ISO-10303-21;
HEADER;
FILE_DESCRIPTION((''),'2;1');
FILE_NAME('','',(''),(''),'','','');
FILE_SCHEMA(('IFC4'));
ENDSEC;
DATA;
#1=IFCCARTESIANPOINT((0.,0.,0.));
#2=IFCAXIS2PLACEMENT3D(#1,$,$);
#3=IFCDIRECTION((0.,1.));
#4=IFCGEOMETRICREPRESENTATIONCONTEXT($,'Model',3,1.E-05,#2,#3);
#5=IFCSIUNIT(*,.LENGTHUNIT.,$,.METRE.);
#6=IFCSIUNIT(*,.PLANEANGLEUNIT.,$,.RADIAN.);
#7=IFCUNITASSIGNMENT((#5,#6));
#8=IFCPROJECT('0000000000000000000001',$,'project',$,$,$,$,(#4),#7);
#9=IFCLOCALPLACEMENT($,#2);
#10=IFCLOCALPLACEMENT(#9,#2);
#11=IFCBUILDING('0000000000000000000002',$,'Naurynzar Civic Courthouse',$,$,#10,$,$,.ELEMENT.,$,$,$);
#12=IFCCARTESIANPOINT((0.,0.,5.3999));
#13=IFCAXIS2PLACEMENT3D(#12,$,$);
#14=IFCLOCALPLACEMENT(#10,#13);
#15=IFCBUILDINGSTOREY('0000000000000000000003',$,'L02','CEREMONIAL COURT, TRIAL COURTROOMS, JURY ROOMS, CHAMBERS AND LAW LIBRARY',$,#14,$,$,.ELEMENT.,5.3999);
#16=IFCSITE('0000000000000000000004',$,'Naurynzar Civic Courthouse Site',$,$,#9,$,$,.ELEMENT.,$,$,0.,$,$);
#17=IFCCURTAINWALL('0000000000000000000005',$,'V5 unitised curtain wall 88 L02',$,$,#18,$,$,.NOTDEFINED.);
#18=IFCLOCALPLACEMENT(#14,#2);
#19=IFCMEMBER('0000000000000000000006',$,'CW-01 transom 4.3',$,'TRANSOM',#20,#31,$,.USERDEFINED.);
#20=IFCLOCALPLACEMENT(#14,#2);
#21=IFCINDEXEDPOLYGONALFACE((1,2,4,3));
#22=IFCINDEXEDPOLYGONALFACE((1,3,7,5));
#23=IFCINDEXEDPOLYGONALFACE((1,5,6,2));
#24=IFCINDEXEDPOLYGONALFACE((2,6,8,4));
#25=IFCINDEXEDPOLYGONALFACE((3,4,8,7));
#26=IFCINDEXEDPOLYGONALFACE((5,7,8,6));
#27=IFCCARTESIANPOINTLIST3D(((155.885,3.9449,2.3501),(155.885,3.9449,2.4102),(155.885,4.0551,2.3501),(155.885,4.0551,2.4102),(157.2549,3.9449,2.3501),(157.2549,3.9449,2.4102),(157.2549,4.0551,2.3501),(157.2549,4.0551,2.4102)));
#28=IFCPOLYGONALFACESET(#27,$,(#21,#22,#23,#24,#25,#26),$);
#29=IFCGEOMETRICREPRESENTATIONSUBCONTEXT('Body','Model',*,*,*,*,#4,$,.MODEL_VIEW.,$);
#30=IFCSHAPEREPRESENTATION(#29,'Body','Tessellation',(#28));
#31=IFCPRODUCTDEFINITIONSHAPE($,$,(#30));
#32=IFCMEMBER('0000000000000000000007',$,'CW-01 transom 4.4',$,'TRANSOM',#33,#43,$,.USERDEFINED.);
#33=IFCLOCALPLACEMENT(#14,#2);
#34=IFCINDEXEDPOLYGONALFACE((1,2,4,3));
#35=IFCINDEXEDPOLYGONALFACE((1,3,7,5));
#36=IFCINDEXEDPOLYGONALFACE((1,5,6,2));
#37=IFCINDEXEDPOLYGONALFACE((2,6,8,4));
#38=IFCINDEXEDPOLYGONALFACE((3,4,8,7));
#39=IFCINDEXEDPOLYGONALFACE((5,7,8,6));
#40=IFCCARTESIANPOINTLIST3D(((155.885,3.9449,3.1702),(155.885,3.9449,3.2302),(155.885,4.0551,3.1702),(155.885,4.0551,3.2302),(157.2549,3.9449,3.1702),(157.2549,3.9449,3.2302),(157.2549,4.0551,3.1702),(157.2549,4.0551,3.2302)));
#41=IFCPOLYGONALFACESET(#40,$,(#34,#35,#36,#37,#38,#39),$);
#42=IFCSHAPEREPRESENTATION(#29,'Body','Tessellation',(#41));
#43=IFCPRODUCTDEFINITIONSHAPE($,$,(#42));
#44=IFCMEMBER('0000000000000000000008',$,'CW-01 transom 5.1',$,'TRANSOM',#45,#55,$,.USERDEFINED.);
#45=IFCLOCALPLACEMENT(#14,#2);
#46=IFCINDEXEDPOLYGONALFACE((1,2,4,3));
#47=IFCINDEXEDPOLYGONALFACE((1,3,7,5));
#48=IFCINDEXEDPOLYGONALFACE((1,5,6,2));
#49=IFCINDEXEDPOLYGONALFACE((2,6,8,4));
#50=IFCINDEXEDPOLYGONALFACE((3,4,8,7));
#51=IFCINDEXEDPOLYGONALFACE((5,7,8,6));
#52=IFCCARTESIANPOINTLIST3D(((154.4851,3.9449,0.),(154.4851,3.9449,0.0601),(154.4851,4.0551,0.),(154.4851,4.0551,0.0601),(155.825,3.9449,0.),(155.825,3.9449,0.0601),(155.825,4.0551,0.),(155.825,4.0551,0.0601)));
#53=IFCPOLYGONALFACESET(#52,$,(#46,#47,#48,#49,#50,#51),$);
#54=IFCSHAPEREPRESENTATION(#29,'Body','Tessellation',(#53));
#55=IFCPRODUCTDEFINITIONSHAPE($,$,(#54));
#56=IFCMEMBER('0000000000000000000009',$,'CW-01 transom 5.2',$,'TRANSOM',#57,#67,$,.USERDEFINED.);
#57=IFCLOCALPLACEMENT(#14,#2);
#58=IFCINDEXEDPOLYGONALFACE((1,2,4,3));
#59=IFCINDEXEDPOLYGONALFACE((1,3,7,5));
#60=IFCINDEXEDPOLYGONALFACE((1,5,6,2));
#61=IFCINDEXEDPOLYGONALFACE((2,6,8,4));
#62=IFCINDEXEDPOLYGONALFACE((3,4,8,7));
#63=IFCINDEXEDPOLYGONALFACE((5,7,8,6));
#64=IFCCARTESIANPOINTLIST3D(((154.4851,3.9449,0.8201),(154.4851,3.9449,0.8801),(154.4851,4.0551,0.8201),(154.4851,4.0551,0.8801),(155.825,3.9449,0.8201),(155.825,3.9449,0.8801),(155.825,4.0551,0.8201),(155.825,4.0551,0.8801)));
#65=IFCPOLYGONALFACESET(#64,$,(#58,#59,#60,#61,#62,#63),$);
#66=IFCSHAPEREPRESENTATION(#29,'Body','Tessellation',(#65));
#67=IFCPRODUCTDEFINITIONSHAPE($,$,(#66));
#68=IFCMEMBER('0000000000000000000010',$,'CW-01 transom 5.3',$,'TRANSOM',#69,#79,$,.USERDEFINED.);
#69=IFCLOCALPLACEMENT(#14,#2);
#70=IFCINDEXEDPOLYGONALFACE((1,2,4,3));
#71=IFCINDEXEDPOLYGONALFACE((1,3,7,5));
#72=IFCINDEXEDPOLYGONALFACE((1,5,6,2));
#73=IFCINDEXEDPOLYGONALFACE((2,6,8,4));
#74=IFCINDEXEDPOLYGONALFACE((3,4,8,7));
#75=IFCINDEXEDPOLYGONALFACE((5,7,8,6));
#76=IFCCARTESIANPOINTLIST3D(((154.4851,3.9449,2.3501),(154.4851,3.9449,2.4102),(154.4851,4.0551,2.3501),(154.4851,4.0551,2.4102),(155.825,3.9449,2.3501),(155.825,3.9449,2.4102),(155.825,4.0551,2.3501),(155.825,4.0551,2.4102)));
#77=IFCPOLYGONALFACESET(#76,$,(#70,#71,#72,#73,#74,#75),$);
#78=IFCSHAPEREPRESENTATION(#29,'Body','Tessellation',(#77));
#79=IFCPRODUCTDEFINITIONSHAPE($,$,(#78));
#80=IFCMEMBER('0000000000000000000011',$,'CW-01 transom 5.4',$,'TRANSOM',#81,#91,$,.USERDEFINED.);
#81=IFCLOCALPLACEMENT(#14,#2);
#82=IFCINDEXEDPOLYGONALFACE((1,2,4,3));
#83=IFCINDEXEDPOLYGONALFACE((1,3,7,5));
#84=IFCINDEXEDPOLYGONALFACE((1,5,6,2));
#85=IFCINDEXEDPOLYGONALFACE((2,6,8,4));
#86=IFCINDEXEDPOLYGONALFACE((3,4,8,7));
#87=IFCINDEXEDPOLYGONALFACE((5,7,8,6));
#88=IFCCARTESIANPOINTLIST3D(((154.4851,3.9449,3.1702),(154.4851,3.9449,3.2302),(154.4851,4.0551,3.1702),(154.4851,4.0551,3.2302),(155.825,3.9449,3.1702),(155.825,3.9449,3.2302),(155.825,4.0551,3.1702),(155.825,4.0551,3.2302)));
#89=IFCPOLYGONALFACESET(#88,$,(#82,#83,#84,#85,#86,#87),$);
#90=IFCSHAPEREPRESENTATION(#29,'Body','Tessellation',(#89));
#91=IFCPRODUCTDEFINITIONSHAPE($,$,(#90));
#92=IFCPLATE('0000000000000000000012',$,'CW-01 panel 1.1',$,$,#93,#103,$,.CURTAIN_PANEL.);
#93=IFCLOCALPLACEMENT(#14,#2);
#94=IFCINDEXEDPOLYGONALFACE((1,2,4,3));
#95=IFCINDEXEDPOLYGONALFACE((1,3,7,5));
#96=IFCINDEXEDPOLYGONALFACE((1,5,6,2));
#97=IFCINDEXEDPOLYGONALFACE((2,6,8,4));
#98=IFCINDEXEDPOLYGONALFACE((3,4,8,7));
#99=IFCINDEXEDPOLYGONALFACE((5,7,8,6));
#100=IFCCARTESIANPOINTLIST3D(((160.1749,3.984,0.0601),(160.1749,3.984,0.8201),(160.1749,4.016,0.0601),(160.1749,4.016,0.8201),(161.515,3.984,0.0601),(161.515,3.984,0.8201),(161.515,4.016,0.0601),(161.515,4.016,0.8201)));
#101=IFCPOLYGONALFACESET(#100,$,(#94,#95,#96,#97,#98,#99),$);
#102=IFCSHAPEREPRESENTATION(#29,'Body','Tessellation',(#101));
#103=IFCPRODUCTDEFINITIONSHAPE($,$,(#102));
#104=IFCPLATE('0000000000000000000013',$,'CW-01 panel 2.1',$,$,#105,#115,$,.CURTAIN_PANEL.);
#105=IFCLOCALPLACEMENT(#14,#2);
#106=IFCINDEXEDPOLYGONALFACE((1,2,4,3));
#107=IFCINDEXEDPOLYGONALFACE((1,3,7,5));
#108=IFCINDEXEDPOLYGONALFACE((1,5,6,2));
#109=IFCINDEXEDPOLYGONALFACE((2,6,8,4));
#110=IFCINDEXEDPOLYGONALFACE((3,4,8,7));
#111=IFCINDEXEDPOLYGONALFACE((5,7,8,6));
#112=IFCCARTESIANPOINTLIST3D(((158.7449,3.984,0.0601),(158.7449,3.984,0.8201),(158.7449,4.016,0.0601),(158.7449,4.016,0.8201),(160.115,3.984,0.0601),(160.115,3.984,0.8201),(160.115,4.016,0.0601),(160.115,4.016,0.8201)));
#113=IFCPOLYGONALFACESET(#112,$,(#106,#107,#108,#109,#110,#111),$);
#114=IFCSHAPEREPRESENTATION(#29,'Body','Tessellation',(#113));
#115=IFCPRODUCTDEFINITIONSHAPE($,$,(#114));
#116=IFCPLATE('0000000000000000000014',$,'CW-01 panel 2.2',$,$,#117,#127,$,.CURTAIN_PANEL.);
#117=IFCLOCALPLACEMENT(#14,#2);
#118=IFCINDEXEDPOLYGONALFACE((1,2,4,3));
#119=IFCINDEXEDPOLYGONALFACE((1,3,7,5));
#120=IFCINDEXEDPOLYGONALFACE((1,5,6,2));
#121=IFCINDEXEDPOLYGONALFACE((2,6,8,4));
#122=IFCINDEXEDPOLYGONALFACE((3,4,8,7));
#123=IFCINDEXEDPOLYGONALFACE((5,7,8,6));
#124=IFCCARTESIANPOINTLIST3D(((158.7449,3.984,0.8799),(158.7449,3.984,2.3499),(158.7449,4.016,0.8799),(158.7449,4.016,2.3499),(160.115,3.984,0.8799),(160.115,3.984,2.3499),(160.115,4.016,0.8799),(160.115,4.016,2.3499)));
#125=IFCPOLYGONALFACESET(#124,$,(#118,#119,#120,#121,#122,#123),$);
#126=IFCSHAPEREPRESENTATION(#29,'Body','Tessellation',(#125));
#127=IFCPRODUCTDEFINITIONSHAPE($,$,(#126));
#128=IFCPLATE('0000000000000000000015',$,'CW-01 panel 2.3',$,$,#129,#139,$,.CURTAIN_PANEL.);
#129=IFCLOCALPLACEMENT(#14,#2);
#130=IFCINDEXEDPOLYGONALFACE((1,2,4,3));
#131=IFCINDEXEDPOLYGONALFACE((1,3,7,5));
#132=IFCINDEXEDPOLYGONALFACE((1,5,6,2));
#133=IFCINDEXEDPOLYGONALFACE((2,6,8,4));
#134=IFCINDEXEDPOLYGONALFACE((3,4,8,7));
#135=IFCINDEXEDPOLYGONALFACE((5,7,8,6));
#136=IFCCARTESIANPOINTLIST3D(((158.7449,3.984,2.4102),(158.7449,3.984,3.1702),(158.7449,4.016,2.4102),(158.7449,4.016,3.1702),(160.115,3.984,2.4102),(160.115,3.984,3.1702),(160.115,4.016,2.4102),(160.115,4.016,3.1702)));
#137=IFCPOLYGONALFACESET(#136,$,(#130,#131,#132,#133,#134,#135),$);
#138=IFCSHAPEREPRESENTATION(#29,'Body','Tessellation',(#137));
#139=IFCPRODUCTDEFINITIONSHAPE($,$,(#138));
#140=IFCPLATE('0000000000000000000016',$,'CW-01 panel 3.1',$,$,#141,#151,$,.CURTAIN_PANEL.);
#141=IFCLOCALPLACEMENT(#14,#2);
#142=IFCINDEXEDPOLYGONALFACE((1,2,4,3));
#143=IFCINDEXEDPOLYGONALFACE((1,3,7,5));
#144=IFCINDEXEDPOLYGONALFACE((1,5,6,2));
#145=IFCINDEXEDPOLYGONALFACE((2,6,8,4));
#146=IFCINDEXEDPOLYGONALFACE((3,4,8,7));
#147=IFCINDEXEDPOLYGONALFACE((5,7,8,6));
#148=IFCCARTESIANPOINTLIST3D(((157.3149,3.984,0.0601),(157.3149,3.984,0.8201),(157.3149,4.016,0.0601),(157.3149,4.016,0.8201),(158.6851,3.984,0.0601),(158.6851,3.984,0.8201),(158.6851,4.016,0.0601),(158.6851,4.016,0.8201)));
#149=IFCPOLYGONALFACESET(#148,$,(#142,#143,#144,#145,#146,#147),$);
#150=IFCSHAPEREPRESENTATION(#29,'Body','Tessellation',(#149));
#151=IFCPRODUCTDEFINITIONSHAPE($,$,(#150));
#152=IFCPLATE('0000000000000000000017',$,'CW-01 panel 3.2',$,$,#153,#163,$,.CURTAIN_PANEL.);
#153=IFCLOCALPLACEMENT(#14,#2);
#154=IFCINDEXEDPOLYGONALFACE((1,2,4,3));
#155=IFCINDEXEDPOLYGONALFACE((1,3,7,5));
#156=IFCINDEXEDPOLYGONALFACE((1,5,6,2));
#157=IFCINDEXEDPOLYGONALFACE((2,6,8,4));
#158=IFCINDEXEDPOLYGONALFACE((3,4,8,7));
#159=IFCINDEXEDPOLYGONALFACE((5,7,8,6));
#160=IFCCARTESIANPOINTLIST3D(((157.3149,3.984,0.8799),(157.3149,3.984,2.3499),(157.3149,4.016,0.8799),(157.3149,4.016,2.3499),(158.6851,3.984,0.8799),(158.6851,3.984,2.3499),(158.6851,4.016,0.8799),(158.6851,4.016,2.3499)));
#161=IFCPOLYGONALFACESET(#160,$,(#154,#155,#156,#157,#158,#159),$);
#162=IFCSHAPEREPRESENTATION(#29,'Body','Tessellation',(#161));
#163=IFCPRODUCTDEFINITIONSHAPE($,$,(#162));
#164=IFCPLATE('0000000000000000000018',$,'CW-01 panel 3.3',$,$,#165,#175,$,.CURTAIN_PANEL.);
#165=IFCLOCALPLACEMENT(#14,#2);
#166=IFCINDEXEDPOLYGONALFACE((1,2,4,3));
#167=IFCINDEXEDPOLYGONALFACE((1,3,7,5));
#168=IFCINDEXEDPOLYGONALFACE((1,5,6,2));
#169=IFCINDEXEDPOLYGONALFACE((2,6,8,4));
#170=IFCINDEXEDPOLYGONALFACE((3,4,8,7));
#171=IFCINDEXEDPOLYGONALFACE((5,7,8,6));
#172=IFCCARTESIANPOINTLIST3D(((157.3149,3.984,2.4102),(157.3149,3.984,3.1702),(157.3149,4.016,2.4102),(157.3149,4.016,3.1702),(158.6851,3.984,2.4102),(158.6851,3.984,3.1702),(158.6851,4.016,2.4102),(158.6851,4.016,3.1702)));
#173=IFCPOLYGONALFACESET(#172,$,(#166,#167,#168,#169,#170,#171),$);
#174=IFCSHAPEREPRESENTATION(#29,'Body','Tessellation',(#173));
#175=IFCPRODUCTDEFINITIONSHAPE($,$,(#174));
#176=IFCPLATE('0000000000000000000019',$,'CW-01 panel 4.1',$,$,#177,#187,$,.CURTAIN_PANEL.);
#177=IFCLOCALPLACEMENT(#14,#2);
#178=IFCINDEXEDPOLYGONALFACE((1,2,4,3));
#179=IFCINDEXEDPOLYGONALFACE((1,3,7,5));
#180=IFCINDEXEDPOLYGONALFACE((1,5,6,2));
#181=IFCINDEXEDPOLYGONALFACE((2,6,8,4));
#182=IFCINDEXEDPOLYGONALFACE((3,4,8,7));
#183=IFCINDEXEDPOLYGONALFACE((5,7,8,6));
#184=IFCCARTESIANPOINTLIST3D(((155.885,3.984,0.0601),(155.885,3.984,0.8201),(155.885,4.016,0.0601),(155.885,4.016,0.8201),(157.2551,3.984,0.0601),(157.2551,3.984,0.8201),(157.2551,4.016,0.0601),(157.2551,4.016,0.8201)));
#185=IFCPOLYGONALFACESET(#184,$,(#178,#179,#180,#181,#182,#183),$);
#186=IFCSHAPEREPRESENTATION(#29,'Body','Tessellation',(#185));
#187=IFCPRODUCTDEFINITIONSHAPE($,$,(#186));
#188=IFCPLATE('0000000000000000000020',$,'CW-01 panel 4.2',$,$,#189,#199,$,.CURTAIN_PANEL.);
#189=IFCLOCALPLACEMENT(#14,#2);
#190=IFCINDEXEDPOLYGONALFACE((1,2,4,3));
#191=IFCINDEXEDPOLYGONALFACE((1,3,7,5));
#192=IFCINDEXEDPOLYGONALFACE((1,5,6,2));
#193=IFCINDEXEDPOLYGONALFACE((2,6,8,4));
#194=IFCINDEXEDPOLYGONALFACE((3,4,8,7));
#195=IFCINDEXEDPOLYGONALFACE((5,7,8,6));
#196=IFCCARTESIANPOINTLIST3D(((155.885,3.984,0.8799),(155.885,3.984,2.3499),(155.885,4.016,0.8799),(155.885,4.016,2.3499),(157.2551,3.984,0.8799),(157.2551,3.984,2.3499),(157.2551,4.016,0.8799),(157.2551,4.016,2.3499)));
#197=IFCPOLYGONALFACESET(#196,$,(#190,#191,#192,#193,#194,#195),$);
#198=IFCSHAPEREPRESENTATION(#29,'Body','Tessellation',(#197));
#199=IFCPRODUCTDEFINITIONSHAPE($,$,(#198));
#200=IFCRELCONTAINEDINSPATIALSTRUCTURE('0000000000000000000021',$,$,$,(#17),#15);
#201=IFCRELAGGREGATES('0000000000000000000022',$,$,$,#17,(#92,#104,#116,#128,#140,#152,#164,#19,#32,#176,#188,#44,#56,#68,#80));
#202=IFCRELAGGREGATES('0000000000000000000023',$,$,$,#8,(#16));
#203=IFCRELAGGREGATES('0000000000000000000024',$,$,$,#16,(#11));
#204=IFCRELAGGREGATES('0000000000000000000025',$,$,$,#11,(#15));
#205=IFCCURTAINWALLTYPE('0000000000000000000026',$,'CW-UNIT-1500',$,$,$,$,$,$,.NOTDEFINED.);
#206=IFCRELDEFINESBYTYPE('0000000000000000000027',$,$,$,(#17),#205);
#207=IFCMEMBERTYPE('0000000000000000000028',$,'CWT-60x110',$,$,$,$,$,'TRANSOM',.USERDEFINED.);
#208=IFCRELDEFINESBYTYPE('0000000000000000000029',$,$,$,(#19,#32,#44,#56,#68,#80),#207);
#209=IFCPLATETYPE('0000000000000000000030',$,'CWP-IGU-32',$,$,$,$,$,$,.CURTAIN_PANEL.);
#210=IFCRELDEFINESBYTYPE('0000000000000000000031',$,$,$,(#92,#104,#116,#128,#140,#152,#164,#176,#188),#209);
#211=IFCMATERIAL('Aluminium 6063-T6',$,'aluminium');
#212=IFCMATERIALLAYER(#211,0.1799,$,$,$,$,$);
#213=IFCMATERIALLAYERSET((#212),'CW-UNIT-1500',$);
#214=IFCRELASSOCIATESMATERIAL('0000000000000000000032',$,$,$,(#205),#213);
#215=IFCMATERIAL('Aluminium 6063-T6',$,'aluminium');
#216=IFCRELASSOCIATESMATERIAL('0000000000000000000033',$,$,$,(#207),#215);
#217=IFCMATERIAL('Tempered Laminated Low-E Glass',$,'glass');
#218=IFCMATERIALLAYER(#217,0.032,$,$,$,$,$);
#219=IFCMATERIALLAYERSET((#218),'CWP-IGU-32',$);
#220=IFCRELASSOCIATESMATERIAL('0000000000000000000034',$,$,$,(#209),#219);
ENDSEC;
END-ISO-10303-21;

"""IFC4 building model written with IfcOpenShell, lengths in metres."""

from ifc_helpers import new_model, si_unit, direction, frame, origin, origin_2d, place, context, subcontext, project, spatial, rectangle, extrude, material, layer, layer_set, material_profile, profile_set, type_object, element, aggregate, save


model = new_model("IFC4")

# Units and contexts
model_context = context("Model", 3, precision=1e-05, world=origin(), true_north=direction((0.0, 1.0)))
body_context = subcontext(model_context, "Body", "Model", "MODEL_VIEW")
ifc_project = project(units=[si_unit("LENGTHUNIT", "METRE"), si_unit("PLANEANGLEUNIT", "RADIAN")], contexts=[model_context])

# Site, building, storey
site_placement = place(None, origin())
site = spatial("IfcSite", under=ifc_project, at=site_placement, Name="Naurynzar Civic Courthouse Site", CompositionType="ELEMENT", RefElevation=0.0)
building_placement = place(site_placement, origin())
building = spatial("IfcBuilding", under=site, at=building_placement, Name="Naurynzar Civic Courthouse", CompositionType="ELEMENT")
storey_placement = place(building_placement, frame((0.0, 0.0, 5.3999)))
storey = spatial("IfcBuildingStorey", under=building, at=storey_placement, Name="L02", Description="CEREMONIAL COURT, TRIAL COURTROOMS, JURY ROOMS, CHAMBERS AND LAW LIBRARY", CompositionType="ELEMENT", Elevation=5.3999)

# Curtain wall, members, plates
ifc_material_1 = material(Name="Aluminium 6063-T6", Category="aluminium")
ifc_layer_1 = layer(ifc_material_1, 0.1799)
ifc_layer_set_1 = layer_set([ifc_layer_1], Name="CW-UNIT-1500")
curtain_wall_type = type_object("IfcCurtainWallType", Name="CW-UNIT-1500", PredefinedType="NOTDEFINED", material=ifc_layer_set_1)
curtain_wall_placement = place(storey_placement, origin())
curtain_wall = element("IfcCurtainWall", 1, at=curtain_wall_placement, inside=storey, type_object=curtain_wall_type, Name="V5 unitised curtain wall 88 L02", PredefinedType="NOTDEFINED")
ifc_material_2 = material(Name="Aluminium 6063-T6", Category="aluminium")
ifc_material_profile_1 = material_profile(ifc_material_2, rectangle(XDim=0.1101, YDim=0.0601, at=origin_2d()), Name="ALU TRANSOM 60x110")
ifc_profile_set_1 = profile_set([ifc_material_profile_1], Name="Aluminium 6063-T6")
member_type_1 = type_object("IfcMemberType", Name="CWT-60x110", ElementType="TRANSOM", PredefinedType="USERDEFINED", material=ifc_profile_set_1)
member_1_placement = place(storey_placement, frame((157.2549, 4.0, 2.3801), z_axis=(-1.0, 0.0, 0.0), x_axis=(0.0, -1.0, 0.0)))
member_1 = element("IfcMember", 2, at=member_1_placement, type_object=member_type_1, Name="CW-01 transom 4.3", ObjectType="TRANSOM", PredefinedType="USERDEFINED", context=body_context, shape_type="SweptSolid", body=[
    extrude(rectangle(XDim=0.1101, YDim=0.0601, at=origin_2d()), origin(), (0.0, 0.0, 1.0), 1.3699),
])
member_2_placement = place(storey_placement, frame((157.2549, 4.0, 3.2002), z_axis=(-1.0, 0.0, 0.0), x_axis=(0.0, -1.0, 0.0)))
member_2 = element("IfcMember", 3, at=member_2_placement, type_object=member_type_1, Name="CW-01 transom 4.4", ObjectType="TRANSOM", PredefinedType="USERDEFINED", context=body_context, shape_type="SweptSolid", body=[
    extrude(rectangle(XDim=0.1101, YDim=0.0601, at=origin_2d()), origin(), (0.0, 0.0, 1.0), 1.3699),
])
member_3_placement = place(storey_placement, frame((155.825, 4.0, 0.03), z_axis=(-1.0, 0.0, 0.0), x_axis=(0.0, -1.0, 0.0)))
member_3 = element("IfcMember", 4, at=member_3_placement, type_object=member_type_1, Name="CW-01 transom 5.1", ObjectType="TRANSOM", PredefinedType="USERDEFINED", context=body_context, shape_type="SweptSolid", body=[
    extrude(rectangle(XDim=0.1101, YDim=0.0601, at=origin_2d()), origin(), (0.0, 0.0, 1.0), 1.3398),
])
member_4_placement = place(storey_placement, frame((155.825, 4.0, 0.8501), z_axis=(-1.0, 0.0, 0.0), x_axis=(0.0, -1.0, 0.0)))
member_4 = element("IfcMember", 5, at=member_4_placement, type_object=member_type_1, Name="CW-01 transom 5.2", ObjectType="TRANSOM", PredefinedType="USERDEFINED", context=body_context, shape_type="SweptSolid", body=[
    extrude(rectangle(XDim=0.1101, YDim=0.0601, at=origin_2d()), origin(), (0.0, 0.0, 1.0), 1.3398),
])
member_5_placement = place(storey_placement, frame((155.825, 4.0, 2.3801), z_axis=(-1.0, 0.0, 0.0), x_axis=(0.0, -1.0, 0.0)))
member_5 = element("IfcMember", 6, at=member_5_placement, type_object=member_type_1, Name="CW-01 transom 5.3", ObjectType="TRANSOM", PredefinedType="USERDEFINED", context=body_context, shape_type="SweptSolid", body=[
    extrude(rectangle(XDim=0.1101, YDim=0.0601, at=origin_2d()), origin(), (0.0, 0.0, 1.0), 1.3398),
])
member_6_placement = place(storey_placement, frame((155.825, 4.0, 3.2002), z_axis=(-1.0, 0.0, 0.0), x_axis=(0.0, -1.0, 0.0)))
member_6 = element("IfcMember", 7, at=member_6_placement, type_object=member_type_1, Name="CW-01 transom 5.4", ObjectType="TRANSOM", PredefinedType="USERDEFINED", context=body_context, shape_type="SweptSolid", body=[
    extrude(rectangle(XDim=0.1101, YDim=0.0601, at=origin_2d()), origin(), (0.0, 0.0, 1.0), 1.3398),
])
ifc_material_3 = material(Name="Tempered Laminated Low-E Glass", Category="glass")
ifc_layer_2 = layer(ifc_material_3, 0.032)
ifc_layer_set_2 = layer_set([ifc_layer_2], Name="CWP-IGU-32")
plate_type = type_object("IfcPlateType", Name="CWP-IGU-32", PredefinedType="CURTAIN_PANEL", material=ifc_layer_set_2)
plate_1_placement = place(storey_placement, frame((160.845, 4.0, 0.0601), z_axis=(0.0, 0.0, 1.0), x_axis=(-1.0, 0.0, 0.0)))
plate_1 = element("IfcPlate", 8, at=plate_1_placement, type_object=plate_type, Name="CW-01 panel 1.1", PredefinedType="CURTAIN_PANEL", context=body_context, shape_type="SweptSolid", body=[
    extrude(rectangle(XDim=1.3401, YDim=0.032, at=origin_2d()), origin(), (0.0, 0.0, 1.0), 0.76),
])
plate_2_placement = place(storey_placement, frame((159.4299, 4.0, 0.0601), z_axis=(0.0, 0.0, 1.0), x_axis=(-1.0, 0.0, 0.0)))
plate_2 = element("IfcPlate", 9, at=plate_2_placement, type_object=plate_type, Name="CW-01 panel 2.1", PredefinedType="CURTAIN_PANEL", context=body_context, shape_type="SweptSolid", body=[
    extrude(rectangle(XDim=1.3701, YDim=0.032, at=origin_2d()), origin(), (0.0, 0.0, 1.0), 0.76),
])
plate_3_placement = place(storey_placement, frame((159.4299, 4.0, 0.8799), z_axis=(0.0, 0.0, 1.0), x_axis=(-1.0, 0.0, 0.0)))
plate_3 = element("IfcPlate", 10, at=plate_3_placement, type_object=plate_type, Name="CW-01 panel 2.2", PredefinedType="CURTAIN_PANEL", context=body_context, shape_type="SweptSolid", body=[
    extrude(rectangle(XDim=1.3701, YDim=0.032, at=origin_2d()), origin(), (0.0, 0.0, 1.0), 1.47),
])
plate_4_placement = place(storey_placement, frame((159.4299, 4.0, 2.4102), z_axis=(0.0, 0.0, 1.0), x_axis=(-1.0, 0.0, 0.0)))
plate_4 = element("IfcPlate", 11, at=plate_4_placement, type_object=plate_type, Name="CW-01 panel 2.3", PredefinedType="CURTAIN_PANEL", context=body_context, shape_type="SweptSolid", body=[
    extrude(rectangle(XDim=1.3701, YDim=0.032, at=origin_2d()), origin(), (0.0, 0.0, 1.0), 0.76),
])
plate_5_placement = place(storey_placement, frame((158.0, 4.0, 0.0601), z_axis=(0.0, 0.0, 1.0), x_axis=(-1.0, 0.0, 0.0)))
plate_5 = element("IfcPlate", 12, at=plate_5_placement, type_object=plate_type, Name="CW-01 panel 3.1", PredefinedType="CURTAIN_PANEL", context=body_context, shape_type="SweptSolid", body=[
    extrude(rectangle(XDim=1.3701, YDim=0.032, at=origin_2d()), origin(), (0.0, 0.0, 1.0), 0.76),
])
plate_6_placement = place(storey_placement, frame((158.0, 4.0, 0.8799), z_axis=(0.0, 0.0, 1.0), x_axis=(-1.0, 0.0, 0.0)))
plate_6 = element("IfcPlate", 13, at=plate_6_placement, type_object=plate_type, Name="CW-01 panel 3.2", PredefinedType="CURTAIN_PANEL", context=body_context, shape_type="SweptSolid", body=[
    extrude(rectangle(XDim=1.3701, YDim=0.032, at=origin_2d()), origin(), (0.0, 0.0, 1.0), 1.47),
])
plate_7_placement = place(storey_placement, frame((158.0, 4.0, 2.4102), z_axis=(0.0, 0.0, 1.0), x_axis=(-1.0, 0.0, 0.0)))
plate_7 = element("IfcPlate", 14, at=plate_7_placement, type_object=plate_type, Name="CW-01 panel 3.3", PredefinedType="CURTAIN_PANEL", context=body_context, shape_type="SweptSolid", body=[
    extrude(rectangle(XDim=1.3701, YDim=0.032, at=origin_2d()), origin(), (0.0, 0.0, 1.0), 0.76),
])
plate_8_placement = place(storey_placement, frame((156.5701, 4.0, 0.0601), z_axis=(0.0, 0.0, 1.0), x_axis=(-1.0, 0.0, 0.0)))
plate_8 = element("IfcPlate", 15, at=plate_8_placement, type_object=plate_type, Name="CW-01 panel 4.1", PredefinedType="CURTAIN_PANEL", context=body_context, shape_type="SweptSolid", body=[
    extrude(rectangle(XDim=1.3701, YDim=0.032, at=origin_2d()), origin(), (0.0, 0.0, 1.0), 0.76),
])
plate_9_placement = place(storey_placement, frame((156.5701, 4.0, 0.8799), z_axis=(0.0, 0.0, 1.0), x_axis=(-1.0, 0.0, 0.0)))
plate_9 = element("IfcPlate", 16, at=plate_9_placement, type_object=plate_type, Name="CW-01 panel 4.2", PredefinedType="CURTAIN_PANEL", context=body_context, shape_type="SweptSolid", body=[
    extrude(rectangle(XDim=1.3701, YDim=0.032, at=origin_2d()), origin(), (0.0, 0.0, 1.0), 1.47),
])
aggregate(curtain_wall, [plate_1, plate_2, plate_3, plate_4, plate_5, plate_6, plate_7, member_1, member_2, plate_8, plate_9, member_3, member_4, member_5, member_6])

save(model, "model.ifc")
